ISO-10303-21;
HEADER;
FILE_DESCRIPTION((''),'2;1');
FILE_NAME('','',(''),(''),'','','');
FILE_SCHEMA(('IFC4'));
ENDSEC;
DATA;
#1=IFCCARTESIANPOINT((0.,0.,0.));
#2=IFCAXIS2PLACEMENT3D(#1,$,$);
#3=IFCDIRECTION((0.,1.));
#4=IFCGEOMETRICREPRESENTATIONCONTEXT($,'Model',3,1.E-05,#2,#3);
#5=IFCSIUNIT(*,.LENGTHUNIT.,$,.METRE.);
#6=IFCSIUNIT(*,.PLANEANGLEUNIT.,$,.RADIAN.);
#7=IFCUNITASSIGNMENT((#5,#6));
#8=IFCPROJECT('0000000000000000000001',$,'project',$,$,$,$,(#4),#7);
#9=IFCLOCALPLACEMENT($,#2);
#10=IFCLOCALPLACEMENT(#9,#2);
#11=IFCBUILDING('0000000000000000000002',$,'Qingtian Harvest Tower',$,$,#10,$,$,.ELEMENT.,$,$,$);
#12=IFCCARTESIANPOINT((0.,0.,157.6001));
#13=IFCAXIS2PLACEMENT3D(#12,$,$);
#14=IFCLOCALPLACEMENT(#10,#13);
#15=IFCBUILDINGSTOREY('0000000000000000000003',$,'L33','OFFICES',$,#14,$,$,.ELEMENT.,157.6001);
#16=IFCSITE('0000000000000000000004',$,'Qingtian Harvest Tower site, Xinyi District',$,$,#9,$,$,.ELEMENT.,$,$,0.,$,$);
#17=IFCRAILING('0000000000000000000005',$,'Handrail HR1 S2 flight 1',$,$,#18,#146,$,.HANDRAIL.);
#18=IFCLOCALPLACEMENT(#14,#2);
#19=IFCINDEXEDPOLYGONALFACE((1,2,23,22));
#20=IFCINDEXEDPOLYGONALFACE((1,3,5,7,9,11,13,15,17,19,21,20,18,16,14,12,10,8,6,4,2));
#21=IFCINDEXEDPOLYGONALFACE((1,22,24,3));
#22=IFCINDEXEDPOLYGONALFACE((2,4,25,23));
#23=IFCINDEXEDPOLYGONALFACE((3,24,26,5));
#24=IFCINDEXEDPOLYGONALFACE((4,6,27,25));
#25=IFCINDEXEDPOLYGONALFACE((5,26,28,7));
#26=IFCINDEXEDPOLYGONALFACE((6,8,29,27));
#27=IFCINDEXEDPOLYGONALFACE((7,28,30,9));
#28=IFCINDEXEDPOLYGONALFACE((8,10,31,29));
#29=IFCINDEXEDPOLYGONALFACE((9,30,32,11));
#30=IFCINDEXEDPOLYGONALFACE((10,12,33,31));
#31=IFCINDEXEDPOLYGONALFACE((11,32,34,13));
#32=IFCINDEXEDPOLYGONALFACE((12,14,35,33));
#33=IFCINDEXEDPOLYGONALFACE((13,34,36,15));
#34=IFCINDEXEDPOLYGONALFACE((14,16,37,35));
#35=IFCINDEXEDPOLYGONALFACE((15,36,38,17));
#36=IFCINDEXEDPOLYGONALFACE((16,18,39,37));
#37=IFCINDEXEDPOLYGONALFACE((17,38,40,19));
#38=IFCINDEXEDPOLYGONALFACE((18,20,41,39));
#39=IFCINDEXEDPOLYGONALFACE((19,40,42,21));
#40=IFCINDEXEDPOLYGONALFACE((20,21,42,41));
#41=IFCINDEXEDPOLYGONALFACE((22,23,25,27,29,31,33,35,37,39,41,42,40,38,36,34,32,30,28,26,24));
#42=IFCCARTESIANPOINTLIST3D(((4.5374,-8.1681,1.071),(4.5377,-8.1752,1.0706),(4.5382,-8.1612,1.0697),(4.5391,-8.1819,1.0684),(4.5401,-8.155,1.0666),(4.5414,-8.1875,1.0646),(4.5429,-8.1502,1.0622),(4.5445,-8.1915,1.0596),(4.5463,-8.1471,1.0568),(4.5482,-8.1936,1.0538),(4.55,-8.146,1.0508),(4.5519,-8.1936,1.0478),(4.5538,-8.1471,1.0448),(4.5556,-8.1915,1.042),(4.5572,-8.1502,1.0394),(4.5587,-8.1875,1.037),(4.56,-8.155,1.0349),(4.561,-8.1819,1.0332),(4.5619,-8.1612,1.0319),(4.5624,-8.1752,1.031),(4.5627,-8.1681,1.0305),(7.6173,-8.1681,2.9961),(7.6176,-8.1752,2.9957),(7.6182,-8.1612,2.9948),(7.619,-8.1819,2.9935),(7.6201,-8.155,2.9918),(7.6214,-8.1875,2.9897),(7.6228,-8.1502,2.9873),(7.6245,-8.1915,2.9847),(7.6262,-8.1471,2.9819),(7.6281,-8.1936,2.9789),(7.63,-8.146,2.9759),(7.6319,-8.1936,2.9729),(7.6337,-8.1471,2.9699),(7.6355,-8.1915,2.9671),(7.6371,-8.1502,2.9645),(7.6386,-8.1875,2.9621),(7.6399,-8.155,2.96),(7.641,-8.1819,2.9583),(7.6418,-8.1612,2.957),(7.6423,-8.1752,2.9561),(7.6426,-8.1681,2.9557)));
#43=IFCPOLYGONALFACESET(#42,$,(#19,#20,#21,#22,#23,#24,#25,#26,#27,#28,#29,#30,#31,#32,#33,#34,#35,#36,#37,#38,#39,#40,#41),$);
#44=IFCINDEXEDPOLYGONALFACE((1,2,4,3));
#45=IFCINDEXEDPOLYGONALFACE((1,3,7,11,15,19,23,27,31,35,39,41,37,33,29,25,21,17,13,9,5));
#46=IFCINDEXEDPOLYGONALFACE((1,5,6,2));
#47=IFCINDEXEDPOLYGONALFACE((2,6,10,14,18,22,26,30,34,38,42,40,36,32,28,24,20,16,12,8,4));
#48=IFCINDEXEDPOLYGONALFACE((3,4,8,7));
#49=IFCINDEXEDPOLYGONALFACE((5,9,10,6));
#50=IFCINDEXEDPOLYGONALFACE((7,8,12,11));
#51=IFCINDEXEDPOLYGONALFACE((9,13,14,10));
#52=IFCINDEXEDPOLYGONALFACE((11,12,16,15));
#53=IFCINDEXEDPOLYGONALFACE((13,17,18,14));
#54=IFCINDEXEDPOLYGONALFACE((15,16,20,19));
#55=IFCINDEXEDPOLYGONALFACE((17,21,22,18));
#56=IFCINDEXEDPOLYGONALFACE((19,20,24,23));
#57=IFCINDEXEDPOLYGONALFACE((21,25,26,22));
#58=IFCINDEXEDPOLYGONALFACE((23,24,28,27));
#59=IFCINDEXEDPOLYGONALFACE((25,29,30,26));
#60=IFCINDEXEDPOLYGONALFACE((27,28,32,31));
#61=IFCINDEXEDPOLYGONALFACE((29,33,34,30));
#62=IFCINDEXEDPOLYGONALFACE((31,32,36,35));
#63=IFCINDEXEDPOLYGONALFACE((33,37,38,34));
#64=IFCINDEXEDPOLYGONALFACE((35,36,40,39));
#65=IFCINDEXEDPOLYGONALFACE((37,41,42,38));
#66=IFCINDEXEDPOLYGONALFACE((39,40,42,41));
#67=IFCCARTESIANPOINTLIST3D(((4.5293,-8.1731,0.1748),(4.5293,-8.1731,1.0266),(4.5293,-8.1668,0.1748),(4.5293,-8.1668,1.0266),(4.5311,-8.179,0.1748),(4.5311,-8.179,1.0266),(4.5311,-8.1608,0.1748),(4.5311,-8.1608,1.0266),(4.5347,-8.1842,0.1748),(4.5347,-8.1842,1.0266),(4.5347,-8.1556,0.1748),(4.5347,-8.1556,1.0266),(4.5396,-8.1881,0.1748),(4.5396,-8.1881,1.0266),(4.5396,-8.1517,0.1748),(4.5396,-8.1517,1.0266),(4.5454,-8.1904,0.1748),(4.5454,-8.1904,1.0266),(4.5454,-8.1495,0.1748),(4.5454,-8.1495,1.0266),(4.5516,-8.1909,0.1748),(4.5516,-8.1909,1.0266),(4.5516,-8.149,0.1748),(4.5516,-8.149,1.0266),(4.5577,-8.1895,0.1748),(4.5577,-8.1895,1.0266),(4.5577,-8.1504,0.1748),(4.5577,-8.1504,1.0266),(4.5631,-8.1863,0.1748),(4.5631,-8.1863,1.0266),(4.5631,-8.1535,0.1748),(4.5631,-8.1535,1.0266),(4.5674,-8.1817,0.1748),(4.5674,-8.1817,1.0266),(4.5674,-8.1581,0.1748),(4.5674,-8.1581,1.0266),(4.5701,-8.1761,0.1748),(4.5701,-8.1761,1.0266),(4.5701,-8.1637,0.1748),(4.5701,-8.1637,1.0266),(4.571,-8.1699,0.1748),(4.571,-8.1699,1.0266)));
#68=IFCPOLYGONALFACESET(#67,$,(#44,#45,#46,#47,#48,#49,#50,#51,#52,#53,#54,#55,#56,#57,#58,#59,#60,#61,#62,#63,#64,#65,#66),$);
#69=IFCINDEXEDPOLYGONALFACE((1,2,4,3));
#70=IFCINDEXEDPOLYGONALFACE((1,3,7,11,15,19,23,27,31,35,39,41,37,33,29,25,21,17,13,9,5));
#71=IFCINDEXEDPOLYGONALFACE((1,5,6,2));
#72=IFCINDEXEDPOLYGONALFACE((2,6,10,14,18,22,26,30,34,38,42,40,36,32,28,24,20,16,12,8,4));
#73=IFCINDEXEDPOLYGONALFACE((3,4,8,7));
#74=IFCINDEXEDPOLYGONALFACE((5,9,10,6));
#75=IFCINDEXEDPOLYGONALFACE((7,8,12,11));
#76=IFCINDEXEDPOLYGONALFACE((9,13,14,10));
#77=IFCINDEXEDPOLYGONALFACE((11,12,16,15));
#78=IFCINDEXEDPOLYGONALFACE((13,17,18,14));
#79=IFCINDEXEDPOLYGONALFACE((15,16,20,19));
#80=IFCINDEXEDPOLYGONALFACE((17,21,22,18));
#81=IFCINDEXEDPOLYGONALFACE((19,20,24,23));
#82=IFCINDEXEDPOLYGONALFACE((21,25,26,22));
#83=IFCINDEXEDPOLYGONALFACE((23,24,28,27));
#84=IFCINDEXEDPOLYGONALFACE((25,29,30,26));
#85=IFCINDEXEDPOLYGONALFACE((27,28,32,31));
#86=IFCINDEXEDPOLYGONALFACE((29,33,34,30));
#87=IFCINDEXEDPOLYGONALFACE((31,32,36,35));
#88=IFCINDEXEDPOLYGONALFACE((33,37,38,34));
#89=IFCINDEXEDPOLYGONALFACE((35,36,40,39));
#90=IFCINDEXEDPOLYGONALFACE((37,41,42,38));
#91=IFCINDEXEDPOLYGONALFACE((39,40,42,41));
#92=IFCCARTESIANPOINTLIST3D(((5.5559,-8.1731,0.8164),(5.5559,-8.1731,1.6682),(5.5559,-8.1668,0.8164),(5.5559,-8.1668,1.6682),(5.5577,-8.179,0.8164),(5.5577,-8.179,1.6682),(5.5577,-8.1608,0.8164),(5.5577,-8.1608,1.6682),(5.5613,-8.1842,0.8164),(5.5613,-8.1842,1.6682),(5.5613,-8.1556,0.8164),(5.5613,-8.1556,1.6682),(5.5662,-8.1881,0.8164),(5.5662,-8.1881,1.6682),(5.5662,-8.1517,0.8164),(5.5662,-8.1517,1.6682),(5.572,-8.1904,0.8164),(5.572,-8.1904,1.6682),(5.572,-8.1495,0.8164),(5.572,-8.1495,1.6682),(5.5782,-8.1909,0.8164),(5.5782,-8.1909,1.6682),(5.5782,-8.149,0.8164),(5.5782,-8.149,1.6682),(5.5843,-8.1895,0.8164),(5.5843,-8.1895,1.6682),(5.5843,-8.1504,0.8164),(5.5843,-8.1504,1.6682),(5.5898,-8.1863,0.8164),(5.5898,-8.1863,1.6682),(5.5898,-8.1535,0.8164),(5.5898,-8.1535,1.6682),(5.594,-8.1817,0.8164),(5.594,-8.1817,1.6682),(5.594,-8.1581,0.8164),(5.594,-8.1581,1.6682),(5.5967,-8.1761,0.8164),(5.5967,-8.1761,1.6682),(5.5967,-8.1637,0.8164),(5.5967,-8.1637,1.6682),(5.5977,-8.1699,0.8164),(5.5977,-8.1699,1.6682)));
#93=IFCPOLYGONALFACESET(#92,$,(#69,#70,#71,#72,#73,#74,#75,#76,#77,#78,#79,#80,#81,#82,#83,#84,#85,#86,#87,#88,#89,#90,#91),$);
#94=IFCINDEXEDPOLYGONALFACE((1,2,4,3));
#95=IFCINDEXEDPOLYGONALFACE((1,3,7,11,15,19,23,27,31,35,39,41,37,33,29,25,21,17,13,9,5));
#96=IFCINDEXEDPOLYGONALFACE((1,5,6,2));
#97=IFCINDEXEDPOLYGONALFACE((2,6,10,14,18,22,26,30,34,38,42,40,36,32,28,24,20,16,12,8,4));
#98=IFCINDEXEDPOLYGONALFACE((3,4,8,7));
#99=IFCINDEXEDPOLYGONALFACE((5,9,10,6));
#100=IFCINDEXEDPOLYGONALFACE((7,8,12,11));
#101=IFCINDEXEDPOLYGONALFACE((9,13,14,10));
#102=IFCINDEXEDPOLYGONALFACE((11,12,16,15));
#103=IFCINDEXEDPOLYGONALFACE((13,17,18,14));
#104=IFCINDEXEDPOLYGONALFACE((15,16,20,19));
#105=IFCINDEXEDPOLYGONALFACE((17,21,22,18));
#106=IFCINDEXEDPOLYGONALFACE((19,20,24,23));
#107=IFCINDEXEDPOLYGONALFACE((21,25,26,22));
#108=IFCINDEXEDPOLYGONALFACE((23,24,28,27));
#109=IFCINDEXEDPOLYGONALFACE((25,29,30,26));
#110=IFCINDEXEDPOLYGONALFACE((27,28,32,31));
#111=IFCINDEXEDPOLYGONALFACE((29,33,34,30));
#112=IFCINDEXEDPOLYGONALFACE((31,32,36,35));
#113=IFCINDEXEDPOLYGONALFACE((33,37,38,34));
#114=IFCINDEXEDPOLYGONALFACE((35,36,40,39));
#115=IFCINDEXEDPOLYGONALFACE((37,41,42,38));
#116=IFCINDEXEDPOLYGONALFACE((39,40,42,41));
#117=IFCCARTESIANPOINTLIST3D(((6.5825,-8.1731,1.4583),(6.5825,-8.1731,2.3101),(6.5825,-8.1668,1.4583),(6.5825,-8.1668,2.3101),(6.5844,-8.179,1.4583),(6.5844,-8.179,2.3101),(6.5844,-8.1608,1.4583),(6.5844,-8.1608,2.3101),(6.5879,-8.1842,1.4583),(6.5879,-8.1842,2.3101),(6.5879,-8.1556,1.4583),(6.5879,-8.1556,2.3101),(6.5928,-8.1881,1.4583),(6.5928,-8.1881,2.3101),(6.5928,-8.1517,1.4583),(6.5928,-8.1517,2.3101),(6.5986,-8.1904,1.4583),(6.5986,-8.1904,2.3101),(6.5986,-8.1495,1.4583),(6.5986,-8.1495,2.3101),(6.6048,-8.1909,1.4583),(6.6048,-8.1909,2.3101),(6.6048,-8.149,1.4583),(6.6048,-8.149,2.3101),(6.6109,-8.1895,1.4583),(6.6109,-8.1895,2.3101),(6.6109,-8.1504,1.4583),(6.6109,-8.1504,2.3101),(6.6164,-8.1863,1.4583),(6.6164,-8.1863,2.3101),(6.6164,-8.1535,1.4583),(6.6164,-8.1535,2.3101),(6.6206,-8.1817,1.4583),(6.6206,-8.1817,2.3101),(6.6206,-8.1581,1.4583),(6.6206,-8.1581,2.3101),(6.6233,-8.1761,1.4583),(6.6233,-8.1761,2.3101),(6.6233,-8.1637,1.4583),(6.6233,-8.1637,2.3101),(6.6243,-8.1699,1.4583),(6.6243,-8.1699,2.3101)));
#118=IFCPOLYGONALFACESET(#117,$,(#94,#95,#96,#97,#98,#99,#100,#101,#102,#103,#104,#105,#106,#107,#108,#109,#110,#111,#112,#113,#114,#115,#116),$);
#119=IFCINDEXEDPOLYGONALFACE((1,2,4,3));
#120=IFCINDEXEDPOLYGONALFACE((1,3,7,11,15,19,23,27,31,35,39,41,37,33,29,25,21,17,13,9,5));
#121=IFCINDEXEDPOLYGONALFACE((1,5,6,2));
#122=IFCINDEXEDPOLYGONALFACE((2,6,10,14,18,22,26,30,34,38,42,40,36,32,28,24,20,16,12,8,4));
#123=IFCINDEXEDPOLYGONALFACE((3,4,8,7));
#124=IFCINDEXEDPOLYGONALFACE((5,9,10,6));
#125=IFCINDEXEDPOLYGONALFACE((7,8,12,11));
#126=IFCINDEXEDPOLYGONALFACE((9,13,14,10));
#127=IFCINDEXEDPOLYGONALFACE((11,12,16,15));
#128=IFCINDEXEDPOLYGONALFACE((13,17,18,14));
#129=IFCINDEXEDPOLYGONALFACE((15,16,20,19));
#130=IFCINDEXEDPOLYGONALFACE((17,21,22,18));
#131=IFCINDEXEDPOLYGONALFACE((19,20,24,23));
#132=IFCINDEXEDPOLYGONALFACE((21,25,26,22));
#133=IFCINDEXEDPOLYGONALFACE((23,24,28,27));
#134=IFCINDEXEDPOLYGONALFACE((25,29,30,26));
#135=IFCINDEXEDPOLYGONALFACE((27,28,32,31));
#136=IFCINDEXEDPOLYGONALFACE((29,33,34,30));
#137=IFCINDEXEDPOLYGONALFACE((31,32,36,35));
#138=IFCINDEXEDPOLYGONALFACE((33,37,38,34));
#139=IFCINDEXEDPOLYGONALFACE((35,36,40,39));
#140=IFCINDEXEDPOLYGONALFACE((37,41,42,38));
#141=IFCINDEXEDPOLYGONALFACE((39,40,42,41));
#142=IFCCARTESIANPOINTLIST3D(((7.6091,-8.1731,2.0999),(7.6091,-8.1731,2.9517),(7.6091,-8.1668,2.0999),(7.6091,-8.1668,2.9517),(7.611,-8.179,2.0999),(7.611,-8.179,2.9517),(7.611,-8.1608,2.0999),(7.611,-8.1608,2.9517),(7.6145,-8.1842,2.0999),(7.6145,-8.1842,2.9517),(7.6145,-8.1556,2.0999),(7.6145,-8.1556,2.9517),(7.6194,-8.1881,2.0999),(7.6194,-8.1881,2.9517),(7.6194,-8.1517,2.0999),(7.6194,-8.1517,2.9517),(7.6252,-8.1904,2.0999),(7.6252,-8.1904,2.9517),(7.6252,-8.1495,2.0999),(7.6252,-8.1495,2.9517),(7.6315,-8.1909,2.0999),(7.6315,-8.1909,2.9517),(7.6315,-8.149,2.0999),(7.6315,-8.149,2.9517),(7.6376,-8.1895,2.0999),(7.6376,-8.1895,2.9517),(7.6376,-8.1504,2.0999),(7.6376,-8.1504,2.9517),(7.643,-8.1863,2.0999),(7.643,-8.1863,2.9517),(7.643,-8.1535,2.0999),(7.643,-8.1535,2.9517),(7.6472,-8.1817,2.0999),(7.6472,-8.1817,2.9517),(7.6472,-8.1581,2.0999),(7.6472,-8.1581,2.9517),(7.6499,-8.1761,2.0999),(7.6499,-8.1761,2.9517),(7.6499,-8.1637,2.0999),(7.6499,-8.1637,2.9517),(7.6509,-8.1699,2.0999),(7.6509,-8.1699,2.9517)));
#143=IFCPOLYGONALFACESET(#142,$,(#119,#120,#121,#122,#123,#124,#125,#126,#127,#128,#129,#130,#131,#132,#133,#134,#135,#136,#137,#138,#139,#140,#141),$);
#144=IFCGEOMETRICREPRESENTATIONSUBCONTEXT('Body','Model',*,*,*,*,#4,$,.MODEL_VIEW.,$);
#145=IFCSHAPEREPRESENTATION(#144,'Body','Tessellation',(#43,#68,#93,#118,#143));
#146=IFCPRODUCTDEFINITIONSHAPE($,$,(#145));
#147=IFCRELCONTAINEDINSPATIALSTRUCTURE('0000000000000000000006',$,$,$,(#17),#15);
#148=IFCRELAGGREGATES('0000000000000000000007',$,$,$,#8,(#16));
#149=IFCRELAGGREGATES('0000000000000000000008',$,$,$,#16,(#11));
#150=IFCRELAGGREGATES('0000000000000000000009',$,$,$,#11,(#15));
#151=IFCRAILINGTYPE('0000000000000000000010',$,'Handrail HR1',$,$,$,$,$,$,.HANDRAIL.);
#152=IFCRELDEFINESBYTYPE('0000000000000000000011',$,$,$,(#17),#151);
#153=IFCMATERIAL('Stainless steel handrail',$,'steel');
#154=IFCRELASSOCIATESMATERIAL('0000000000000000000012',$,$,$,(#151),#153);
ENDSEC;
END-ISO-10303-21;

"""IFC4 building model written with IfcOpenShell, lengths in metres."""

from ifc_helpers import new_model, si_unit, direction, frame, origin, origin_2d, place, context, subcontext, project, spatial, circle, extrude, material, type_object, element, save


model = new_model("IFC4")

# Units and contexts
model_context = context("Model", 3, precision=1e-05, world=origin(), true_north=direction((0.0, 1.0)))
body_context = subcontext(model_context, "Body", "Model", "MODEL_VIEW")
ifc_project = project(units=[si_unit("LENGTHUNIT", "METRE"), si_unit("PLANEANGLEUNIT", "RADIAN")], contexts=[model_context])

# Site, building, storey
site_placement = place(None, origin())
site = spatial("IfcSite", under=ifc_project, at=site_placement, Name="Qingtian Harvest Tower site, Xinyi District", CompositionType="ELEMENT", RefElevation=0.0)
building_placement = place(site_placement, origin())
building = spatial("IfcBuilding", under=site, at=building_placement, Name="Qingtian Harvest Tower", CompositionType="ELEMENT")
storey_placement = place(building_placement, frame((0.0, 0.0, 157.6001)))
storey = spatial("IfcBuildingStorey", under=building, at=storey_placement, Name="L33", Description="OFFICES", CompositionType="ELEMENT", Elevation=157.6001)

# Railing
ifc_material_1 = material(Name="Stainless steel handrail", Category="steel")
railing_type = type_object("IfcRailingType", Name="Handrail HR1", PredefinedType="HANDRAIL", material=ifc_material_1)
railing_1_placement = place(storey_placement, frame((4.55, -8.1699, 0.1748)))
element("IfcRailing", 1, at=railing_1_placement, inside=storey, type_object=railing_type, Name="Handrail HR1 S2 flight 1", PredefinedType="HANDRAIL", context=body_context, shape_type="SweptSolid", body=[
    extrude(circle(Radius=0.0239, at=origin_2d()), frame((0.0, 0.0, 0.876), z_axis=(0.847979, 0.0, 0.530029), x_axis=(0.0, 1.0, 0.0)), (0.0, 0.0, 1.0), 3.6321),
    extrude(circle(Radius=0.021, at=origin_2d()), origin(), (0.0, 0.0, 1.0), 0.8518),
    extrude(circle(Radius=0.021, at=origin_2d()), frame((1.0266, 0.0, 0.6416)), (0.0, 0.0, 1.0), 0.8518),
    extrude(circle(Radius=0.021, at=origin_2d()), frame((2.0532, 0.0, 1.2834)), (0.0, 0.0, 1.0), 0.8518),
    extrude(circle(Radius=0.021, at=origin_2d()), frame((3.0798, 0.0, 1.925)), (0.0, 0.0, 1.0), 0.8518),
])

save(model, "model.ifc")
